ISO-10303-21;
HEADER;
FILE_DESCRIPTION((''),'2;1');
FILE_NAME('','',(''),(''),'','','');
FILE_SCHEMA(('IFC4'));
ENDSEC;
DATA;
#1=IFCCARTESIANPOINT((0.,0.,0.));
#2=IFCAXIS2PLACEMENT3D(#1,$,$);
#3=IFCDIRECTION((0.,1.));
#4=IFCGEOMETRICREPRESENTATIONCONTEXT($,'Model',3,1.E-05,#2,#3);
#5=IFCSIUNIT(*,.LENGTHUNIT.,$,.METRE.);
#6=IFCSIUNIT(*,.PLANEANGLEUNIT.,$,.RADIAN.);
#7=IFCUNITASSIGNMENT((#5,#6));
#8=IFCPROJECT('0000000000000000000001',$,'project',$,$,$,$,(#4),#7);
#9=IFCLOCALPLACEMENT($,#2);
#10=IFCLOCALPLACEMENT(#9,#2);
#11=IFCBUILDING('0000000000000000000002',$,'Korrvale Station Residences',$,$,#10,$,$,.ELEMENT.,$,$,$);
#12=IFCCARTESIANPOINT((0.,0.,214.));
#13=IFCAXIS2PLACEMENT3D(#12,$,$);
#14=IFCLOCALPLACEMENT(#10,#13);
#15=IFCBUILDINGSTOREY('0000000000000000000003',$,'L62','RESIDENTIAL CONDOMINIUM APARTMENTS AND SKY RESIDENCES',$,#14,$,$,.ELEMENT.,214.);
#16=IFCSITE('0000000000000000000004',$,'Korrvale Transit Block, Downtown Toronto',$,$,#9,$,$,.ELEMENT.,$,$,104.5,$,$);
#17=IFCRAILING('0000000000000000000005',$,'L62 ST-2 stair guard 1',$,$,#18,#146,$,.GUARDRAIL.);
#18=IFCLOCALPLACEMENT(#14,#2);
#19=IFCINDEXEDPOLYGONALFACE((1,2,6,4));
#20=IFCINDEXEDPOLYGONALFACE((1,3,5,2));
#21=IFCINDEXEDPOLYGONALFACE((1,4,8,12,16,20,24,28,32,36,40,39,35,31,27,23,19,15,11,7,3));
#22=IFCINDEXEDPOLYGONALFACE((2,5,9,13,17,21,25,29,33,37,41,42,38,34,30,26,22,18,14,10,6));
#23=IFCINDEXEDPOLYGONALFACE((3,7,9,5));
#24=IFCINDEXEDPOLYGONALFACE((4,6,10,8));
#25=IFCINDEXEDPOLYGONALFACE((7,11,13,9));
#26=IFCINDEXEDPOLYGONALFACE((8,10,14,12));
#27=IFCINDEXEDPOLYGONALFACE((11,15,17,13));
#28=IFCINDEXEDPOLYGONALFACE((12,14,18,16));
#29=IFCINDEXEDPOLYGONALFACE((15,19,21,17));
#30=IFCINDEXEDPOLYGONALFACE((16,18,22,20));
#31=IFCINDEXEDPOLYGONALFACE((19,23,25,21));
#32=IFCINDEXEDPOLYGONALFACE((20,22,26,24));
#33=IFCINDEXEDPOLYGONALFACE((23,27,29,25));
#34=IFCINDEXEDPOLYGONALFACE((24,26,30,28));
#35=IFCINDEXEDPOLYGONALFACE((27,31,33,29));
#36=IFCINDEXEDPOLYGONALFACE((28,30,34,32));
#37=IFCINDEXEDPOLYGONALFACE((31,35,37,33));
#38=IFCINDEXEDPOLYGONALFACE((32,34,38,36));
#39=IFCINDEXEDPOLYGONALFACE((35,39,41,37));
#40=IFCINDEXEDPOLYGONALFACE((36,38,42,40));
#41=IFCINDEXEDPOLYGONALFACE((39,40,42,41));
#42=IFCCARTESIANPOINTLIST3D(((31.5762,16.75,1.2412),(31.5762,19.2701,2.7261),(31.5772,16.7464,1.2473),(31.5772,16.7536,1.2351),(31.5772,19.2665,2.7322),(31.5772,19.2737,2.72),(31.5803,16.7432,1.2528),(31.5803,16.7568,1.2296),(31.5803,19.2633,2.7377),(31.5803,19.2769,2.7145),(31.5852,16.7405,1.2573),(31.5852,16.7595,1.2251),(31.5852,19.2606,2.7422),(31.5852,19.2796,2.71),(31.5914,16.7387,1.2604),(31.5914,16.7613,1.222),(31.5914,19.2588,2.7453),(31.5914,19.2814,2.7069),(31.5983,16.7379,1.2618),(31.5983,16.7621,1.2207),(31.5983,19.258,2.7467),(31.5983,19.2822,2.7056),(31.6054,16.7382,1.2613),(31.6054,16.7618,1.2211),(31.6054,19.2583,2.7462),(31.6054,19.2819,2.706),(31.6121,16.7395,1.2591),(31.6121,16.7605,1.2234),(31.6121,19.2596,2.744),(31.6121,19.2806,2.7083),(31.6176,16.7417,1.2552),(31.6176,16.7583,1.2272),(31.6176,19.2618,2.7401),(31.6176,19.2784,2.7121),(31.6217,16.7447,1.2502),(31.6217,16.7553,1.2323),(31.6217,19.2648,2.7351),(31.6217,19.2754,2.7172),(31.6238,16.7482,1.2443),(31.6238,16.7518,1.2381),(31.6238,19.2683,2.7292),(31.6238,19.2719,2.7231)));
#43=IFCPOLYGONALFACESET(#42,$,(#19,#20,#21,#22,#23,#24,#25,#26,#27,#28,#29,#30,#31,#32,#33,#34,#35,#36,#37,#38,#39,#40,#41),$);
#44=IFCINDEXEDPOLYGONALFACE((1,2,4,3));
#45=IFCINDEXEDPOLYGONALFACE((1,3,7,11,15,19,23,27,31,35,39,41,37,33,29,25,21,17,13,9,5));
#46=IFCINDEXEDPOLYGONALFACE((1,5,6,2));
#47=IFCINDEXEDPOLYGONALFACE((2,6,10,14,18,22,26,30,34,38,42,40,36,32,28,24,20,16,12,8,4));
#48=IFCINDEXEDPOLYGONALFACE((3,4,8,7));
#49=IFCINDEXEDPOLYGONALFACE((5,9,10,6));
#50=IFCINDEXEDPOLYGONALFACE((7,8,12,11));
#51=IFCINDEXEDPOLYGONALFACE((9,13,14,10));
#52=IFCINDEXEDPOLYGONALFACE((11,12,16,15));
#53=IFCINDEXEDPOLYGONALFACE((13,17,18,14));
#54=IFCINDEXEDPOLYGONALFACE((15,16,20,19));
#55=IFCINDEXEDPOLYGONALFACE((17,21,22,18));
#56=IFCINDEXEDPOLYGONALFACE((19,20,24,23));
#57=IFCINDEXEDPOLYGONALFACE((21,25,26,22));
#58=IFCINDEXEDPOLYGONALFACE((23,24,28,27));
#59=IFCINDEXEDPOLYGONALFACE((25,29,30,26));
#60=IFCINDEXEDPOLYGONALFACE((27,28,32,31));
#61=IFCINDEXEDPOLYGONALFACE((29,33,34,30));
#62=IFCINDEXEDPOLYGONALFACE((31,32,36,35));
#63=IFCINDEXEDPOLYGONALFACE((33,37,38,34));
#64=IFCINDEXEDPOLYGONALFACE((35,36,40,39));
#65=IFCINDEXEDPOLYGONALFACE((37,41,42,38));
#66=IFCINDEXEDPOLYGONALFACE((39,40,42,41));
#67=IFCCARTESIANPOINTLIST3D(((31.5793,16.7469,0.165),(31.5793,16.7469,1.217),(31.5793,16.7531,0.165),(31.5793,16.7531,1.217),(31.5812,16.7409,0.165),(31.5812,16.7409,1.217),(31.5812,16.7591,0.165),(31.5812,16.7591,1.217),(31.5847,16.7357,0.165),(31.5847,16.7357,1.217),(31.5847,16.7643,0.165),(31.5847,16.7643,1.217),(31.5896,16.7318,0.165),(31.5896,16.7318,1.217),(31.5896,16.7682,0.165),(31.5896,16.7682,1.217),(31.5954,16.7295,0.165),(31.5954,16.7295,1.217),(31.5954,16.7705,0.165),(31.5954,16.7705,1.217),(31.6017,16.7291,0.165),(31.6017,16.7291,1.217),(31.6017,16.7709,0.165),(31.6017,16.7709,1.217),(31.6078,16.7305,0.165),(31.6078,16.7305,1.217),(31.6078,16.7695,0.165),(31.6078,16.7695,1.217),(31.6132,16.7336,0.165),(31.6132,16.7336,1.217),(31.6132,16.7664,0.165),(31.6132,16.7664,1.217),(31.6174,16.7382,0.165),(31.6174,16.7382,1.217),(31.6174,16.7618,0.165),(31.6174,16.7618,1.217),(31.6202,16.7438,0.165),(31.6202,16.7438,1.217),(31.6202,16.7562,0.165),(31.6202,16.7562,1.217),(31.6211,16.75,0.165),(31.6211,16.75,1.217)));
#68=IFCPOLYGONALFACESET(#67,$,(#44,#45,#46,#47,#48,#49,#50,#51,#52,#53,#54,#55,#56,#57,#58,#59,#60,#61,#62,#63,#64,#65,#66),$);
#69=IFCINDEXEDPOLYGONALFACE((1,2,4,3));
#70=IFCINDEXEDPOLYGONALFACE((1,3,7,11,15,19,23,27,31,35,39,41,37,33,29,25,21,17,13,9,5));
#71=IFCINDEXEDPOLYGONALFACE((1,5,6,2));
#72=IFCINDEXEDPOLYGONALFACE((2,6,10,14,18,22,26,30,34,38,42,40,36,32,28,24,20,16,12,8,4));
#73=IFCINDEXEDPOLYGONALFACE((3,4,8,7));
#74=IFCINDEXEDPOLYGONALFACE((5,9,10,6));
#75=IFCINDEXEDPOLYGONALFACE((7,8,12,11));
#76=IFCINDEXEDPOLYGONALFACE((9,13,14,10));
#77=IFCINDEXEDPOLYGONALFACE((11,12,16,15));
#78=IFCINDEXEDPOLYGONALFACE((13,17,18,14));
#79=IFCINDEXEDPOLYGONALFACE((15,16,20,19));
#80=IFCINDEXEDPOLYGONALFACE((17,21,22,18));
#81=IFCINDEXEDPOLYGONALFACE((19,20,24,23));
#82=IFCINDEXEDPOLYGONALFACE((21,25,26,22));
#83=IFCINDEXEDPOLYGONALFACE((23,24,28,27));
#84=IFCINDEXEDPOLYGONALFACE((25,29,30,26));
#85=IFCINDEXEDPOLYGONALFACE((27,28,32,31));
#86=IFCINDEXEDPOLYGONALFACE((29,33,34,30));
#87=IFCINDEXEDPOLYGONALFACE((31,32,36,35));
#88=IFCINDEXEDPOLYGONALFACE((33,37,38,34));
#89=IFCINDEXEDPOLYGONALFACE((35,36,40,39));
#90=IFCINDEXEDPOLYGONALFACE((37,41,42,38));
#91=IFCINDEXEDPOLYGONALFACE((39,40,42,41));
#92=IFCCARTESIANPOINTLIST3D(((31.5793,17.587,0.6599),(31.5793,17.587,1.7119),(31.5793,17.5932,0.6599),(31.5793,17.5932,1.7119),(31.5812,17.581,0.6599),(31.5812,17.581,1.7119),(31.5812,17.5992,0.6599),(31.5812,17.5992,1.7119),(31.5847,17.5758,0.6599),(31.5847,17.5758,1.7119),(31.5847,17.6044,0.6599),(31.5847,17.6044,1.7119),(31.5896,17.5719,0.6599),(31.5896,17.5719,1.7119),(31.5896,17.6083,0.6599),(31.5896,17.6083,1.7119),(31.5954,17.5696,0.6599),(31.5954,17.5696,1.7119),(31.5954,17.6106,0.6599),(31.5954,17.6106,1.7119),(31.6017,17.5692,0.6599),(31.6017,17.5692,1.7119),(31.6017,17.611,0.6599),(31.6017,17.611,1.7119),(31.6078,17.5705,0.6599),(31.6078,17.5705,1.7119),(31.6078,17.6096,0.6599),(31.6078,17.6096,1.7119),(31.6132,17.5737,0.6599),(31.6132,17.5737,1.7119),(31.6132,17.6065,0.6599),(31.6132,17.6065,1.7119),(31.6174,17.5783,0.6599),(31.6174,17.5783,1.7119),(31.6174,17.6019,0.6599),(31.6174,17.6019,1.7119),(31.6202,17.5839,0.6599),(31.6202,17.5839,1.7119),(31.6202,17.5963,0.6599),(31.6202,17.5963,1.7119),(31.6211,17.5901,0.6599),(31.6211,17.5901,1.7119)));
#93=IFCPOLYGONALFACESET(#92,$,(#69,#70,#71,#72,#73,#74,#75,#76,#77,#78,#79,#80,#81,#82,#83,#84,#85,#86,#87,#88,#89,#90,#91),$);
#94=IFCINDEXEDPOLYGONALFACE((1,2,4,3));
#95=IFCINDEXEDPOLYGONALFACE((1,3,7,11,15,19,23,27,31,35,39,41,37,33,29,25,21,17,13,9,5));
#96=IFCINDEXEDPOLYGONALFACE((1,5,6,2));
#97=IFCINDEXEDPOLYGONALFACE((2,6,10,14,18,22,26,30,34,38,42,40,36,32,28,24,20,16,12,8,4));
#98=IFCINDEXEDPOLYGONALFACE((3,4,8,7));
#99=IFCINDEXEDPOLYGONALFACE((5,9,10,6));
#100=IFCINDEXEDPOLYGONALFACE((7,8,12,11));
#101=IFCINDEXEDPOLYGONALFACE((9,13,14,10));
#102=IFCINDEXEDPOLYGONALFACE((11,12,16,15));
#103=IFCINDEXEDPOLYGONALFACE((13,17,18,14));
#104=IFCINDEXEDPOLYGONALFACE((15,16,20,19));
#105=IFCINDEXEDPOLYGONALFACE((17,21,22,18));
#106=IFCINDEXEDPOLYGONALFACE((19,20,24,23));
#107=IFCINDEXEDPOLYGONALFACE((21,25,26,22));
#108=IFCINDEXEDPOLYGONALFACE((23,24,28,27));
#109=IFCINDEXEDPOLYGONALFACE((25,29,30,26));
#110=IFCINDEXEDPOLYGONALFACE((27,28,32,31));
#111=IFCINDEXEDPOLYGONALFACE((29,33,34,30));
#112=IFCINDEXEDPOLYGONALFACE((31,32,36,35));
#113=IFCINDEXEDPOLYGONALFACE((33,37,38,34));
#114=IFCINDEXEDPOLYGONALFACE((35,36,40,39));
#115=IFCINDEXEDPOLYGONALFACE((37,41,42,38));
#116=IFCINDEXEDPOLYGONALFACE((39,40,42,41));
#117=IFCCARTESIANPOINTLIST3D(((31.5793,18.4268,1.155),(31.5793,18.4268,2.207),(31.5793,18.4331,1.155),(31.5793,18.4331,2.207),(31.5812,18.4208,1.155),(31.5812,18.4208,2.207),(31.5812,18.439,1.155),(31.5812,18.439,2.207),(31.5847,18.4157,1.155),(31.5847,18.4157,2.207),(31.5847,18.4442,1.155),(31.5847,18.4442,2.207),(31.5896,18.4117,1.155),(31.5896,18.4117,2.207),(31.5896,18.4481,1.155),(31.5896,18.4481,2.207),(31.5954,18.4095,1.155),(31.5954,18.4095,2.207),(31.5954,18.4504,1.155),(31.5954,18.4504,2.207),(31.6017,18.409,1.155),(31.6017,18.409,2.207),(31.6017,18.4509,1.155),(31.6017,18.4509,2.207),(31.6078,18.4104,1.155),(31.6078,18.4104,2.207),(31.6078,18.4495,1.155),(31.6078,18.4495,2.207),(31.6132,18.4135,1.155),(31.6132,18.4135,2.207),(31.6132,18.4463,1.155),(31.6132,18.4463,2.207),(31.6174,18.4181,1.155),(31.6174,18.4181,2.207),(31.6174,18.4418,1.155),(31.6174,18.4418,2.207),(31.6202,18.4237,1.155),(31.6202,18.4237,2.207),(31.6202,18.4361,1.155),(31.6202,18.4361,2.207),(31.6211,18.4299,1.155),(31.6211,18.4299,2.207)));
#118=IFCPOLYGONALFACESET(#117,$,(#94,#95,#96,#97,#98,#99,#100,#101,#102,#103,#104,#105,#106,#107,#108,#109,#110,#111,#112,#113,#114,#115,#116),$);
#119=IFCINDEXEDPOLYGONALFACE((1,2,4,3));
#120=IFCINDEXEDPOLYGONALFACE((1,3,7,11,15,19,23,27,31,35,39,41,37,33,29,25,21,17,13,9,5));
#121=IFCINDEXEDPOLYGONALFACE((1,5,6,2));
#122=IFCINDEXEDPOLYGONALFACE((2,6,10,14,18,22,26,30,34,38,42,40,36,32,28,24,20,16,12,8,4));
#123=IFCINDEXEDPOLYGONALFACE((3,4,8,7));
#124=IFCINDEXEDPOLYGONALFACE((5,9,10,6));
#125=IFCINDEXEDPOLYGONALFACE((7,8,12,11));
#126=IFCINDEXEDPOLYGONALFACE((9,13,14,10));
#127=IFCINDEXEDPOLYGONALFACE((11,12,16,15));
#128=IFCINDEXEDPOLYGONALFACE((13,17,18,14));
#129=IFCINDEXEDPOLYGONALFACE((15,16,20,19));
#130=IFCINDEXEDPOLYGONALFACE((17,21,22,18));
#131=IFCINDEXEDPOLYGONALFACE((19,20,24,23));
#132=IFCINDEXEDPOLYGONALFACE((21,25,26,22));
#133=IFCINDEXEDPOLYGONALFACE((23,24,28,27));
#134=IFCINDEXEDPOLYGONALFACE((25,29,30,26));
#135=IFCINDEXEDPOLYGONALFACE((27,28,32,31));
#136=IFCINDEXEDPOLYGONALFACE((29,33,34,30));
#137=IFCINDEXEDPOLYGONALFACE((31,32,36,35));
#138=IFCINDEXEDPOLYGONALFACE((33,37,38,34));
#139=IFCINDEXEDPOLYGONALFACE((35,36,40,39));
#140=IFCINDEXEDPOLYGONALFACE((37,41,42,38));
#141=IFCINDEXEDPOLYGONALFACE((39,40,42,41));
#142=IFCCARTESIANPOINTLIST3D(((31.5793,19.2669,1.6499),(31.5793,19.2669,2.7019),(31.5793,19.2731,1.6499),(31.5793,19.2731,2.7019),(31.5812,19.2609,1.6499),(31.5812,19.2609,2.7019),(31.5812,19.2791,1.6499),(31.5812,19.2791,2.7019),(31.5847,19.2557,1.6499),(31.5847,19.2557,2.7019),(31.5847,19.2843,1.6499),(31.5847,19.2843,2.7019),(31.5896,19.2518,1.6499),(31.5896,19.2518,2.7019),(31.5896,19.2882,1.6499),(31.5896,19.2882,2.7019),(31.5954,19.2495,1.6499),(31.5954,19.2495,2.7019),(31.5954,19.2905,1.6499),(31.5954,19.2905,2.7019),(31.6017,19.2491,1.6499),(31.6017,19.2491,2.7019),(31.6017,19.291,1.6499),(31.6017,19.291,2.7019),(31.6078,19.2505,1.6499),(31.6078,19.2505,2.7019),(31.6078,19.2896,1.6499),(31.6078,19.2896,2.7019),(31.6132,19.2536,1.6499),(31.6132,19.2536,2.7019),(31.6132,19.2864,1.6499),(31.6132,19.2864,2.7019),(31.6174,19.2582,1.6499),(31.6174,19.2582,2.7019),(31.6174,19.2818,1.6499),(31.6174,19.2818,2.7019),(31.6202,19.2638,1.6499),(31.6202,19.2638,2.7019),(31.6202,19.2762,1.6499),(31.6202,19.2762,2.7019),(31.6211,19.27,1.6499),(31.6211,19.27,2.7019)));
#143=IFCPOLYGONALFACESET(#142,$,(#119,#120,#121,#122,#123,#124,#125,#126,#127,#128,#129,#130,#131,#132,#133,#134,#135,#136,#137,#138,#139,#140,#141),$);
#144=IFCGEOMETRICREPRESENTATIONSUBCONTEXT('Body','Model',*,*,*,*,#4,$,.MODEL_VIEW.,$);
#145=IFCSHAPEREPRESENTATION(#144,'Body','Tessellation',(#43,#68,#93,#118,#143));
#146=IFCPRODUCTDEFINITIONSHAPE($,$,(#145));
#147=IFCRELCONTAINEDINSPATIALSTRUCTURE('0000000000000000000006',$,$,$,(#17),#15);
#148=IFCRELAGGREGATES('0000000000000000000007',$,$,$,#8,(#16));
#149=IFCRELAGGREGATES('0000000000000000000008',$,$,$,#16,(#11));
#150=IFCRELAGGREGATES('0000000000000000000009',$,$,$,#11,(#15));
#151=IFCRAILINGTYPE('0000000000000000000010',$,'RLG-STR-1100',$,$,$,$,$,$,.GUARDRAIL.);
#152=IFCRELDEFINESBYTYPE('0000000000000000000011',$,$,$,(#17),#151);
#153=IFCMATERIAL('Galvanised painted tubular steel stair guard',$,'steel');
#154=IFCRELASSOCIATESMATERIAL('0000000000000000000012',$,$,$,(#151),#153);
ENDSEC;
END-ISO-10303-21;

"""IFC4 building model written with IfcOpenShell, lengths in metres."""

from ifc_helpers import new_model, si_unit, direction, frame, origin, origin_2d, place, context, subcontext, project, spatial, circle, extrude, material, type_object, element, save


model = new_model("IFC4")

# Units and contexts
model_context = context("Model", 3, precision=1e-05, world=origin(), true_north=direction((0.0, 1.0)))
body_context = subcontext(model_context, "Body", "Model", "MODEL_VIEW")
ifc_project = project(units=[si_unit("LENGTHUNIT", "METRE"), si_unit("PLANEANGLEUNIT", "RADIAN")], contexts=[model_context])

# Site, building, storey
site_placement = place(None, origin())
site = spatial("IfcSite", under=ifc_project, at=site_placement, Name="Korrvale Transit Block, Downtown Toronto", CompositionType="ELEMENT", RefElevation=104.5)
building_placement = place(site_placement, origin())
building = spatial("IfcBuilding", under=site, at=building_placement, Name="Korrvale Station Residences", CompositionType="ELEMENT")
storey_placement = place(building_placement, frame((0.0, 0.0, 214.0)))
storey = spatial("IfcBuildingStorey", under=building, at=storey_placement, Name="L62", Description="RESIDENTIAL CONDOMINIUM APARTMENTS AND SKY RESIDENCES", CompositionType="ELEMENT", Elevation=214.0)

# Railing
ifc_material_1 = material(Name="Galvanised painted tubular steel stair guard", Category="steel")
railing_type_1 = type_object("IfcRailingType", Name="RLG-STR-1100", PredefinedType="GUARDRAIL", material=ifc_material_1)
railing_1_placement = place(storey_placement, frame((31.6001, 16.75, 0.165)))
element("IfcRailing", 1, at=railing_1_placement, inside=storey, type_object=railing_type_1, Name="L62 ST-2 stair guard 1", PredefinedType="GUARDRAIL", context=body_context, shape_type="SweptSolid", body=[
    extrude(circle(Radius=0.0239, at=origin_2d()), frame((0.0, 0.0, 1.0762), z_axis=(0.0, 0.861561, 0.507655), x_axis=(-1.0, 0.0, 0.0)), (0.0, 0.0, 1.0), 2.925),
    extrude(circle(Radius=0.021, at=origin_2d()), origin(), (0.0, 0.0, 1.0), 1.052),
    extrude(circle(Radius=0.021, at=origin_2d()), frame((0.0, 0.8401, 0.4949)), (0.0, 0.0, 1.0), 1.052),
    extrude(circle(Radius=0.021, at=origin_2d()), frame((0.0, 1.6799, 0.99)), (0.0, 0.0, 1.0), 1.052),
    extrude(circle(Radius=0.021, at=origin_2d()), frame((0.0, 2.52, 1.4849)), (0.0, 0.0, 1.0), 1.052),
])

save(model, "model.ifc")
